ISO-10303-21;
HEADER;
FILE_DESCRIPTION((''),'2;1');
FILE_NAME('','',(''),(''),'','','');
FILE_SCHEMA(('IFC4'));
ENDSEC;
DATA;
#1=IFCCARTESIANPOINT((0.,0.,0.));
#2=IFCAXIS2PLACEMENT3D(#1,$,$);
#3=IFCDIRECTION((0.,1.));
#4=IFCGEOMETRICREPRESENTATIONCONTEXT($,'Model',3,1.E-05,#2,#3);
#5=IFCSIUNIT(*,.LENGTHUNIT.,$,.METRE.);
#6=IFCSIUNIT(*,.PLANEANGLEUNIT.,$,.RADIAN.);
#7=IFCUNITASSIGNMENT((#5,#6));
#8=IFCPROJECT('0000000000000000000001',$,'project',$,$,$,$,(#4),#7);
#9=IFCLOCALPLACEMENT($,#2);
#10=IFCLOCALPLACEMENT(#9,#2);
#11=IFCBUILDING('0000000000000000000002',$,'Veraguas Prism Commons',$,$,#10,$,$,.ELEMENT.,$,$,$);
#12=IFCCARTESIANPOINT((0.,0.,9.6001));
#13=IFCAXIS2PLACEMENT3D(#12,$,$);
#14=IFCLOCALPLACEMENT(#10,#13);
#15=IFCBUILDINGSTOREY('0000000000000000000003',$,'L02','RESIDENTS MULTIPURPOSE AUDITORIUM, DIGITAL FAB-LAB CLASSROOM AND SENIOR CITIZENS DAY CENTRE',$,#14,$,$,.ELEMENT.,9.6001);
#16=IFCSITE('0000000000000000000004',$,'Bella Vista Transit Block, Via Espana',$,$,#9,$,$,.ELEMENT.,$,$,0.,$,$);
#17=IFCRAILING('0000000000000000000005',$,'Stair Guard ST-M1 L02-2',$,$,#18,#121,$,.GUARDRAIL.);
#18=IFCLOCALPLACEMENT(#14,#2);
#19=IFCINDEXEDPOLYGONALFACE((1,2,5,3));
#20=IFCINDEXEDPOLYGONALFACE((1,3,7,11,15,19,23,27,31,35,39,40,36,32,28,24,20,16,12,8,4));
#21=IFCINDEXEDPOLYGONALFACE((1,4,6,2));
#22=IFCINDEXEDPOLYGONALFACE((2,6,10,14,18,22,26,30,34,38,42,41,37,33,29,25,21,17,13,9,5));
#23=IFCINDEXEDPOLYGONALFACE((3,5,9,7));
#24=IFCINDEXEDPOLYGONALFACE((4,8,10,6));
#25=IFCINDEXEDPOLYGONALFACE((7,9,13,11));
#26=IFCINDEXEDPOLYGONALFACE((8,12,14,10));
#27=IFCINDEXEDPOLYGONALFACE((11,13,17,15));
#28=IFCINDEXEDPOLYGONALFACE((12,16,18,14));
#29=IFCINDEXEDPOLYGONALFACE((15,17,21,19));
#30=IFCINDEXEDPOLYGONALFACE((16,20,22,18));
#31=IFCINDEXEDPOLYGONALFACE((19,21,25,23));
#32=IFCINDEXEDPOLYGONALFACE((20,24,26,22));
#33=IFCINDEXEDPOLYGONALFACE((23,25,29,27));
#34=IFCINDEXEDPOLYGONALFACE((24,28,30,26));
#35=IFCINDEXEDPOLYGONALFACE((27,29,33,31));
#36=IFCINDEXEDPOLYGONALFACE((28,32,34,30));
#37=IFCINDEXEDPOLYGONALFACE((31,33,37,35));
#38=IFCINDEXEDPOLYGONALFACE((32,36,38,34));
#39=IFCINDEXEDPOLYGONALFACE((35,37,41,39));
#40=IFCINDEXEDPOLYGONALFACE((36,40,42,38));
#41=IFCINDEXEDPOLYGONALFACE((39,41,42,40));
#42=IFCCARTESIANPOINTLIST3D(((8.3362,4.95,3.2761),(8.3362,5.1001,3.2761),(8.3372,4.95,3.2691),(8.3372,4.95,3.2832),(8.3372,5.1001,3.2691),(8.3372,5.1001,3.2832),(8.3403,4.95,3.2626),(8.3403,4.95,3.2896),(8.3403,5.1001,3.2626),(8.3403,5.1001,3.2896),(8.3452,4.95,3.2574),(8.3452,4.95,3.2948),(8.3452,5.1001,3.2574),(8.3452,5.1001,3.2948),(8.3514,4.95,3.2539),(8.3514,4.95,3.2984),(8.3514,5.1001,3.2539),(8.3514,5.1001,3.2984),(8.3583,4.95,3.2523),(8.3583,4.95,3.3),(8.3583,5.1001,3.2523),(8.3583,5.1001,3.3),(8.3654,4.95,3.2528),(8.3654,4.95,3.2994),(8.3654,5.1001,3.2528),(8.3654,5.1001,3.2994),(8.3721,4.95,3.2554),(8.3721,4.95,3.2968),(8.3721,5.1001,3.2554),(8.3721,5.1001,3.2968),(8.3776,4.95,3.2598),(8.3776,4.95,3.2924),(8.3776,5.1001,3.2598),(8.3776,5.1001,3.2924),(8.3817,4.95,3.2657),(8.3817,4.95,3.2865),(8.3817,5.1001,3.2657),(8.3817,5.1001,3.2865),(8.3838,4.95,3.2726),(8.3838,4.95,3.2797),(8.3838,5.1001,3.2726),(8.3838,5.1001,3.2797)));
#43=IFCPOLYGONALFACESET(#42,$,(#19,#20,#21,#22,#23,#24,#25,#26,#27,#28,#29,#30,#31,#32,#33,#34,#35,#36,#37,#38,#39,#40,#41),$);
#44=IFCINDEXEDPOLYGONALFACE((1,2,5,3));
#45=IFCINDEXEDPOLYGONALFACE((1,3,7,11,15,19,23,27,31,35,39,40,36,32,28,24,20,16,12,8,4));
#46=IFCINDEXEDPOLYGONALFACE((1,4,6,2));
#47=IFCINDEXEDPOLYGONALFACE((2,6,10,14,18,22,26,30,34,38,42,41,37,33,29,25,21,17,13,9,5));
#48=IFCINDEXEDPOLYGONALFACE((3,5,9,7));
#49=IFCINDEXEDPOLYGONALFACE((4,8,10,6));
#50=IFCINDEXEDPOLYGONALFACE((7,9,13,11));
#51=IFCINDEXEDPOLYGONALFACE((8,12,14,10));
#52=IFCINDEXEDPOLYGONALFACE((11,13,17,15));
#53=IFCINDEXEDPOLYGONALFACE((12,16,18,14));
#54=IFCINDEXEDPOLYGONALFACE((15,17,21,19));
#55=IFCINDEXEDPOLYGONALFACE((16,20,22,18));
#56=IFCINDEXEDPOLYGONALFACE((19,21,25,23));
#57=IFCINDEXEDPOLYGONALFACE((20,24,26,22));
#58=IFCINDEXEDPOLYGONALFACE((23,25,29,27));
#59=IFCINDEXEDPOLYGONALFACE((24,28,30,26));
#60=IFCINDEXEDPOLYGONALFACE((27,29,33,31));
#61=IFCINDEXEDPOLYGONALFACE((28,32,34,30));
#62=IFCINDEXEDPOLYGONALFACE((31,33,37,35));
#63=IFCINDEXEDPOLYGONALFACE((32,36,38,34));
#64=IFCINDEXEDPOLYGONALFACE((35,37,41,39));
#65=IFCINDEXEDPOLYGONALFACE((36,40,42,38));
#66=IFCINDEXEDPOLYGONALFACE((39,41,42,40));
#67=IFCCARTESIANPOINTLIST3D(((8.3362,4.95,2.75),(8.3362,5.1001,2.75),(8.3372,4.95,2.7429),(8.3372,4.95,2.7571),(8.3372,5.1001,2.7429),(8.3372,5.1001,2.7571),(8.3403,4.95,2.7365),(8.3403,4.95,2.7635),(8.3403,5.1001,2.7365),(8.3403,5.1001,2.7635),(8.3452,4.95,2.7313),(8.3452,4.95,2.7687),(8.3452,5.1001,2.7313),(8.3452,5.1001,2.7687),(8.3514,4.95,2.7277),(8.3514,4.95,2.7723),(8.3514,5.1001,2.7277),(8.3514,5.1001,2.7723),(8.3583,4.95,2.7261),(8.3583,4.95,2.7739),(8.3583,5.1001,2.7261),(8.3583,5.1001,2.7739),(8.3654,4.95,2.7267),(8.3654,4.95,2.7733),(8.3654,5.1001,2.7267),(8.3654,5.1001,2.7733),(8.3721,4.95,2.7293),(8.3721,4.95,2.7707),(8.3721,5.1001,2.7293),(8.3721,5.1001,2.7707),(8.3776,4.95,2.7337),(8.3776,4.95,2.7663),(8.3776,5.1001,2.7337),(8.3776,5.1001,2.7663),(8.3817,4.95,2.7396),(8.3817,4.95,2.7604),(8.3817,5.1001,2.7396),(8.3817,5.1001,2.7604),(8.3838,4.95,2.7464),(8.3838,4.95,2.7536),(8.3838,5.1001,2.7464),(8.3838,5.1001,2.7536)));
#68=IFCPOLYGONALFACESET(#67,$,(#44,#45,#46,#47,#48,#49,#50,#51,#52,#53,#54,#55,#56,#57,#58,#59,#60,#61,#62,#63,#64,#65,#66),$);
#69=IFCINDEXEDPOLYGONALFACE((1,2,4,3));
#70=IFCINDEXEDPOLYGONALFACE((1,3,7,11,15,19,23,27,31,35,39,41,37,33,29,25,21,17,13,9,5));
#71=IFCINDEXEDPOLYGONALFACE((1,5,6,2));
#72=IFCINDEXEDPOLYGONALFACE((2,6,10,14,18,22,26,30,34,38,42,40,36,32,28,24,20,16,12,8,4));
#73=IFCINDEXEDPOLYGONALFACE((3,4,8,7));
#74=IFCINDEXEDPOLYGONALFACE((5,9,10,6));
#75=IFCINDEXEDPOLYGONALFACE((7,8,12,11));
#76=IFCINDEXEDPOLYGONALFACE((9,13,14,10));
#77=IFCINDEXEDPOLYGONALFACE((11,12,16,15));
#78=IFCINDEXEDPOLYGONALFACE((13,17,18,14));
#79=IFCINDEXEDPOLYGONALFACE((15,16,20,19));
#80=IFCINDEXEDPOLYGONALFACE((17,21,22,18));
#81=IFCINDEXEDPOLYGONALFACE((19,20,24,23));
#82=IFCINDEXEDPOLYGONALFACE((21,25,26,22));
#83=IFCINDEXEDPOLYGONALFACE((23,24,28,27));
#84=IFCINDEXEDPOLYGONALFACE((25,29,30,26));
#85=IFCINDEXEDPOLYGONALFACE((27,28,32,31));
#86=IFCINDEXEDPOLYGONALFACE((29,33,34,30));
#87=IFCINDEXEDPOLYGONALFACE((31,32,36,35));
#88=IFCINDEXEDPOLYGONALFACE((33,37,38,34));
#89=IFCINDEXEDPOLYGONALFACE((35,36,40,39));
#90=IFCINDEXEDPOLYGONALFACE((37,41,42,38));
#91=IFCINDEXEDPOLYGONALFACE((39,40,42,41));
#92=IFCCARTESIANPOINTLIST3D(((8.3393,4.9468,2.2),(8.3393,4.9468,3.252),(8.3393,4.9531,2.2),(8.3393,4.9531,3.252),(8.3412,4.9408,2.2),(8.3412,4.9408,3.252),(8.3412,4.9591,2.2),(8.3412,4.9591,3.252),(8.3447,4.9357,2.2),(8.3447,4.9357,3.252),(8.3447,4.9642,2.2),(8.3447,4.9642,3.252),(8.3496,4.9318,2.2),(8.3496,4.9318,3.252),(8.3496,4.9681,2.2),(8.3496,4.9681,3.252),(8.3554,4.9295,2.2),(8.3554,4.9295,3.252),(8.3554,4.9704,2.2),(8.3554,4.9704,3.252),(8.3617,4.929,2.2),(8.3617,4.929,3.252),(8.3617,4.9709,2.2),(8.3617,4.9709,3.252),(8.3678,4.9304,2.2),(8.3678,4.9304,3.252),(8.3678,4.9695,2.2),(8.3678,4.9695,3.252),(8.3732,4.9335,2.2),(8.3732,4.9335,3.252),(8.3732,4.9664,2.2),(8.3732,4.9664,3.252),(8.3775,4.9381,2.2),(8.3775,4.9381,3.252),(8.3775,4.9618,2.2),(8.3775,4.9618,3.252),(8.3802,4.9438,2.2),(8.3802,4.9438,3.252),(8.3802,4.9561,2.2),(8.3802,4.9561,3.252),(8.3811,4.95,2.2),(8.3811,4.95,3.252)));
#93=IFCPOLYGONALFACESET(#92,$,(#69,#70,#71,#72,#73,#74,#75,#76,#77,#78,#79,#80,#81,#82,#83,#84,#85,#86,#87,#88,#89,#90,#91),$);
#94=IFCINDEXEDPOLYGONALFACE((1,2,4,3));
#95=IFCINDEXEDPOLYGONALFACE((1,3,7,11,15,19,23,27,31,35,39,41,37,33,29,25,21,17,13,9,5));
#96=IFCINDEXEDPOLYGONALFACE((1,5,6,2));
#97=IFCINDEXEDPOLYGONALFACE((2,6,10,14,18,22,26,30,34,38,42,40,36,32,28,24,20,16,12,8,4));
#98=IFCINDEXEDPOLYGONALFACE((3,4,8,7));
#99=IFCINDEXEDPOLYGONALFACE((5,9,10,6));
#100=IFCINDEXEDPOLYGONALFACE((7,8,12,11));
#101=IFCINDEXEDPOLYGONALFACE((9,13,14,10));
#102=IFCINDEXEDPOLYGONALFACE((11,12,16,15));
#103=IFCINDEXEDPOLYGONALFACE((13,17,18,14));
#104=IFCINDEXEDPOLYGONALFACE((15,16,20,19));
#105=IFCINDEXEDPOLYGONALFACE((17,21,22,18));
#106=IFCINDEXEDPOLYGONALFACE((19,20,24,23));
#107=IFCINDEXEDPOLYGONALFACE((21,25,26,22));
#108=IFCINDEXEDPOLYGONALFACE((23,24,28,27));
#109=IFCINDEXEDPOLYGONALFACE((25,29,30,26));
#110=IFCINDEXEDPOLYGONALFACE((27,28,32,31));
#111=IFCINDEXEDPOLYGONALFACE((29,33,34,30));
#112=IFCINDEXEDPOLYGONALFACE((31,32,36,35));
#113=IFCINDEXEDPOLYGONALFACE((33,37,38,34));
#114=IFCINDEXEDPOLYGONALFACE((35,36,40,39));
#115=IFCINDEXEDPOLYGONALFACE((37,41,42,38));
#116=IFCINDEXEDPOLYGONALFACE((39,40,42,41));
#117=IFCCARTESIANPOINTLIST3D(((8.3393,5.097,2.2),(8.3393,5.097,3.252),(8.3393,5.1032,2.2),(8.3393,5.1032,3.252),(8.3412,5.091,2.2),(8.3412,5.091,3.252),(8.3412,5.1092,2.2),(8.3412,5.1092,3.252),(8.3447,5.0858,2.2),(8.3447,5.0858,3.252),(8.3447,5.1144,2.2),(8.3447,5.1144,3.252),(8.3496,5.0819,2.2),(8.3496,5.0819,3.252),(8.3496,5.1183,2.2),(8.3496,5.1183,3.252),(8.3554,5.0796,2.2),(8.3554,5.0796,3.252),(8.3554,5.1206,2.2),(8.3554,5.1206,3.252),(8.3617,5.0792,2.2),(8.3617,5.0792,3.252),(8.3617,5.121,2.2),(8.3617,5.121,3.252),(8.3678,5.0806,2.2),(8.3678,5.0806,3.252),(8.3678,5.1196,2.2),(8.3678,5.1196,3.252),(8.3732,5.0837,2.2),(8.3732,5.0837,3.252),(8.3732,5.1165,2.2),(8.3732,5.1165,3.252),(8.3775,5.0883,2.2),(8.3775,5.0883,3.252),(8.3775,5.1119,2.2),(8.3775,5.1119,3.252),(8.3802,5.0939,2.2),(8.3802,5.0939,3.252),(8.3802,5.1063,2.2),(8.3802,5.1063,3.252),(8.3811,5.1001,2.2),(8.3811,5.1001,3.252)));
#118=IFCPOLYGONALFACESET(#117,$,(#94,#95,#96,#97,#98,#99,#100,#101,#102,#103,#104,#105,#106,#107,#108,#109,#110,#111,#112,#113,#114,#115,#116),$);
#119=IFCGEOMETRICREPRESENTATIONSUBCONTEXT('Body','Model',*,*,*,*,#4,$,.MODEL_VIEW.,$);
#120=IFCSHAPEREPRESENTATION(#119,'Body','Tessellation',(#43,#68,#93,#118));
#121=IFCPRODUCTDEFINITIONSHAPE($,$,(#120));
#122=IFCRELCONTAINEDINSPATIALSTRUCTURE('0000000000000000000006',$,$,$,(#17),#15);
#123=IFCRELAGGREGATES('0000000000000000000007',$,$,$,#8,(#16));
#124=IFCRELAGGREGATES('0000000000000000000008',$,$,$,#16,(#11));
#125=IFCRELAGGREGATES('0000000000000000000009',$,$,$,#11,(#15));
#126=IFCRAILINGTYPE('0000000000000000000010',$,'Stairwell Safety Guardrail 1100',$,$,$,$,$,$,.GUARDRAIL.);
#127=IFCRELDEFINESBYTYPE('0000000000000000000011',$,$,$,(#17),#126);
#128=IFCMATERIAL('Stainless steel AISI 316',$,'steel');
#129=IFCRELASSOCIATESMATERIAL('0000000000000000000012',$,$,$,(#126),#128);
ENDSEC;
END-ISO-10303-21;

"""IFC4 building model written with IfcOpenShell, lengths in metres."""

from ifc_helpers import new_model, si_unit, direction, frame, origin, origin_2d, place, context, subcontext, project, spatial, circle, extrude, material, type_object, element, save


model = new_model("IFC4")

# Units and contexts
model_context = context("Model", 3, precision=1e-05, world=origin(), true_north=direction((0.0, 1.0)))
body_context = subcontext(model_context, "Body", "Model", "MODEL_VIEW")
ifc_project = project(units=[si_unit("LENGTHUNIT", "METRE"), si_unit("PLANEANGLEUNIT", "RADIAN")], contexts=[model_context])

# Site, building, storey
site_placement = place(None, origin())
site = spatial("IfcSite", under=ifc_project, at=site_placement, Name="Bella Vista Transit Block, Via Espana", CompositionType="ELEMENT", RefElevation=0.0)
building_placement = place(site_placement, origin())
building = spatial("IfcBuilding", under=site, at=building_placement, Name="Veraguas Prism Commons", CompositionType="ELEMENT")
storey_placement = place(building_placement, frame((0.0, 0.0, 9.6001)))
storey = spatial("IfcBuildingStorey", under=building, at=storey_placement, Name="L02", Description="RESIDENTS MULTIPURPOSE AUDITORIUM, DIGITAL FAB-LAB CLASSROOM AND SENIOR CITIZENS DAY CENTRE", CompositionType="ELEMENT", Elevation=9.6001)

# Railing
ifc_material_1 = material(Name="Stainless steel AISI 316", Category="steel")
railing_type_1 = type_object("IfcRailingType", Name="Stairwell Safety Guardrail 1100", PredefinedType="GUARDRAIL", material=ifc_material_1)
railing_1_placement = place(storey_placement, frame((8.3601, 4.95, 2.2)))
element("IfcRailing", 1, at=railing_1_placement, inside=storey, type_object=railing_type_1, Name="Stair Guard ST-M1 L02-2", PredefinedType="GUARDRAIL", context=body_context, shape_type="SweptSolid", body=[
    extrude(circle(Radius=0.0239, at=origin_2d()), frame((0.0, 0.0, 1.0762), z_axis=(0.0, 1.0, 0.0), x_axis=(-1.0, 0.0, 0.0)), (0.0, 0.0, 1.0), 0.1501),
    extrude(circle(Radius=0.0239, at=origin_2d()), frame((0.0, 0.0, 0.55), z_axis=(0.0, 1.0, 0.0), x_axis=(-1.0, 0.0, 0.0)), (0.0, 0.0, 1.0), 0.1501),
    extrude(circle(Radius=0.021, at=origin_2d()), origin(), (0.0, 0.0, 1.0), 1.052),
    extrude(circle(Radius=0.021, at=origin_2d()), frame((0.0, 0.1501, 0.0)), (0.0, 0.0, 1.0), 1.052),
])

save(model, "model.ifc")
